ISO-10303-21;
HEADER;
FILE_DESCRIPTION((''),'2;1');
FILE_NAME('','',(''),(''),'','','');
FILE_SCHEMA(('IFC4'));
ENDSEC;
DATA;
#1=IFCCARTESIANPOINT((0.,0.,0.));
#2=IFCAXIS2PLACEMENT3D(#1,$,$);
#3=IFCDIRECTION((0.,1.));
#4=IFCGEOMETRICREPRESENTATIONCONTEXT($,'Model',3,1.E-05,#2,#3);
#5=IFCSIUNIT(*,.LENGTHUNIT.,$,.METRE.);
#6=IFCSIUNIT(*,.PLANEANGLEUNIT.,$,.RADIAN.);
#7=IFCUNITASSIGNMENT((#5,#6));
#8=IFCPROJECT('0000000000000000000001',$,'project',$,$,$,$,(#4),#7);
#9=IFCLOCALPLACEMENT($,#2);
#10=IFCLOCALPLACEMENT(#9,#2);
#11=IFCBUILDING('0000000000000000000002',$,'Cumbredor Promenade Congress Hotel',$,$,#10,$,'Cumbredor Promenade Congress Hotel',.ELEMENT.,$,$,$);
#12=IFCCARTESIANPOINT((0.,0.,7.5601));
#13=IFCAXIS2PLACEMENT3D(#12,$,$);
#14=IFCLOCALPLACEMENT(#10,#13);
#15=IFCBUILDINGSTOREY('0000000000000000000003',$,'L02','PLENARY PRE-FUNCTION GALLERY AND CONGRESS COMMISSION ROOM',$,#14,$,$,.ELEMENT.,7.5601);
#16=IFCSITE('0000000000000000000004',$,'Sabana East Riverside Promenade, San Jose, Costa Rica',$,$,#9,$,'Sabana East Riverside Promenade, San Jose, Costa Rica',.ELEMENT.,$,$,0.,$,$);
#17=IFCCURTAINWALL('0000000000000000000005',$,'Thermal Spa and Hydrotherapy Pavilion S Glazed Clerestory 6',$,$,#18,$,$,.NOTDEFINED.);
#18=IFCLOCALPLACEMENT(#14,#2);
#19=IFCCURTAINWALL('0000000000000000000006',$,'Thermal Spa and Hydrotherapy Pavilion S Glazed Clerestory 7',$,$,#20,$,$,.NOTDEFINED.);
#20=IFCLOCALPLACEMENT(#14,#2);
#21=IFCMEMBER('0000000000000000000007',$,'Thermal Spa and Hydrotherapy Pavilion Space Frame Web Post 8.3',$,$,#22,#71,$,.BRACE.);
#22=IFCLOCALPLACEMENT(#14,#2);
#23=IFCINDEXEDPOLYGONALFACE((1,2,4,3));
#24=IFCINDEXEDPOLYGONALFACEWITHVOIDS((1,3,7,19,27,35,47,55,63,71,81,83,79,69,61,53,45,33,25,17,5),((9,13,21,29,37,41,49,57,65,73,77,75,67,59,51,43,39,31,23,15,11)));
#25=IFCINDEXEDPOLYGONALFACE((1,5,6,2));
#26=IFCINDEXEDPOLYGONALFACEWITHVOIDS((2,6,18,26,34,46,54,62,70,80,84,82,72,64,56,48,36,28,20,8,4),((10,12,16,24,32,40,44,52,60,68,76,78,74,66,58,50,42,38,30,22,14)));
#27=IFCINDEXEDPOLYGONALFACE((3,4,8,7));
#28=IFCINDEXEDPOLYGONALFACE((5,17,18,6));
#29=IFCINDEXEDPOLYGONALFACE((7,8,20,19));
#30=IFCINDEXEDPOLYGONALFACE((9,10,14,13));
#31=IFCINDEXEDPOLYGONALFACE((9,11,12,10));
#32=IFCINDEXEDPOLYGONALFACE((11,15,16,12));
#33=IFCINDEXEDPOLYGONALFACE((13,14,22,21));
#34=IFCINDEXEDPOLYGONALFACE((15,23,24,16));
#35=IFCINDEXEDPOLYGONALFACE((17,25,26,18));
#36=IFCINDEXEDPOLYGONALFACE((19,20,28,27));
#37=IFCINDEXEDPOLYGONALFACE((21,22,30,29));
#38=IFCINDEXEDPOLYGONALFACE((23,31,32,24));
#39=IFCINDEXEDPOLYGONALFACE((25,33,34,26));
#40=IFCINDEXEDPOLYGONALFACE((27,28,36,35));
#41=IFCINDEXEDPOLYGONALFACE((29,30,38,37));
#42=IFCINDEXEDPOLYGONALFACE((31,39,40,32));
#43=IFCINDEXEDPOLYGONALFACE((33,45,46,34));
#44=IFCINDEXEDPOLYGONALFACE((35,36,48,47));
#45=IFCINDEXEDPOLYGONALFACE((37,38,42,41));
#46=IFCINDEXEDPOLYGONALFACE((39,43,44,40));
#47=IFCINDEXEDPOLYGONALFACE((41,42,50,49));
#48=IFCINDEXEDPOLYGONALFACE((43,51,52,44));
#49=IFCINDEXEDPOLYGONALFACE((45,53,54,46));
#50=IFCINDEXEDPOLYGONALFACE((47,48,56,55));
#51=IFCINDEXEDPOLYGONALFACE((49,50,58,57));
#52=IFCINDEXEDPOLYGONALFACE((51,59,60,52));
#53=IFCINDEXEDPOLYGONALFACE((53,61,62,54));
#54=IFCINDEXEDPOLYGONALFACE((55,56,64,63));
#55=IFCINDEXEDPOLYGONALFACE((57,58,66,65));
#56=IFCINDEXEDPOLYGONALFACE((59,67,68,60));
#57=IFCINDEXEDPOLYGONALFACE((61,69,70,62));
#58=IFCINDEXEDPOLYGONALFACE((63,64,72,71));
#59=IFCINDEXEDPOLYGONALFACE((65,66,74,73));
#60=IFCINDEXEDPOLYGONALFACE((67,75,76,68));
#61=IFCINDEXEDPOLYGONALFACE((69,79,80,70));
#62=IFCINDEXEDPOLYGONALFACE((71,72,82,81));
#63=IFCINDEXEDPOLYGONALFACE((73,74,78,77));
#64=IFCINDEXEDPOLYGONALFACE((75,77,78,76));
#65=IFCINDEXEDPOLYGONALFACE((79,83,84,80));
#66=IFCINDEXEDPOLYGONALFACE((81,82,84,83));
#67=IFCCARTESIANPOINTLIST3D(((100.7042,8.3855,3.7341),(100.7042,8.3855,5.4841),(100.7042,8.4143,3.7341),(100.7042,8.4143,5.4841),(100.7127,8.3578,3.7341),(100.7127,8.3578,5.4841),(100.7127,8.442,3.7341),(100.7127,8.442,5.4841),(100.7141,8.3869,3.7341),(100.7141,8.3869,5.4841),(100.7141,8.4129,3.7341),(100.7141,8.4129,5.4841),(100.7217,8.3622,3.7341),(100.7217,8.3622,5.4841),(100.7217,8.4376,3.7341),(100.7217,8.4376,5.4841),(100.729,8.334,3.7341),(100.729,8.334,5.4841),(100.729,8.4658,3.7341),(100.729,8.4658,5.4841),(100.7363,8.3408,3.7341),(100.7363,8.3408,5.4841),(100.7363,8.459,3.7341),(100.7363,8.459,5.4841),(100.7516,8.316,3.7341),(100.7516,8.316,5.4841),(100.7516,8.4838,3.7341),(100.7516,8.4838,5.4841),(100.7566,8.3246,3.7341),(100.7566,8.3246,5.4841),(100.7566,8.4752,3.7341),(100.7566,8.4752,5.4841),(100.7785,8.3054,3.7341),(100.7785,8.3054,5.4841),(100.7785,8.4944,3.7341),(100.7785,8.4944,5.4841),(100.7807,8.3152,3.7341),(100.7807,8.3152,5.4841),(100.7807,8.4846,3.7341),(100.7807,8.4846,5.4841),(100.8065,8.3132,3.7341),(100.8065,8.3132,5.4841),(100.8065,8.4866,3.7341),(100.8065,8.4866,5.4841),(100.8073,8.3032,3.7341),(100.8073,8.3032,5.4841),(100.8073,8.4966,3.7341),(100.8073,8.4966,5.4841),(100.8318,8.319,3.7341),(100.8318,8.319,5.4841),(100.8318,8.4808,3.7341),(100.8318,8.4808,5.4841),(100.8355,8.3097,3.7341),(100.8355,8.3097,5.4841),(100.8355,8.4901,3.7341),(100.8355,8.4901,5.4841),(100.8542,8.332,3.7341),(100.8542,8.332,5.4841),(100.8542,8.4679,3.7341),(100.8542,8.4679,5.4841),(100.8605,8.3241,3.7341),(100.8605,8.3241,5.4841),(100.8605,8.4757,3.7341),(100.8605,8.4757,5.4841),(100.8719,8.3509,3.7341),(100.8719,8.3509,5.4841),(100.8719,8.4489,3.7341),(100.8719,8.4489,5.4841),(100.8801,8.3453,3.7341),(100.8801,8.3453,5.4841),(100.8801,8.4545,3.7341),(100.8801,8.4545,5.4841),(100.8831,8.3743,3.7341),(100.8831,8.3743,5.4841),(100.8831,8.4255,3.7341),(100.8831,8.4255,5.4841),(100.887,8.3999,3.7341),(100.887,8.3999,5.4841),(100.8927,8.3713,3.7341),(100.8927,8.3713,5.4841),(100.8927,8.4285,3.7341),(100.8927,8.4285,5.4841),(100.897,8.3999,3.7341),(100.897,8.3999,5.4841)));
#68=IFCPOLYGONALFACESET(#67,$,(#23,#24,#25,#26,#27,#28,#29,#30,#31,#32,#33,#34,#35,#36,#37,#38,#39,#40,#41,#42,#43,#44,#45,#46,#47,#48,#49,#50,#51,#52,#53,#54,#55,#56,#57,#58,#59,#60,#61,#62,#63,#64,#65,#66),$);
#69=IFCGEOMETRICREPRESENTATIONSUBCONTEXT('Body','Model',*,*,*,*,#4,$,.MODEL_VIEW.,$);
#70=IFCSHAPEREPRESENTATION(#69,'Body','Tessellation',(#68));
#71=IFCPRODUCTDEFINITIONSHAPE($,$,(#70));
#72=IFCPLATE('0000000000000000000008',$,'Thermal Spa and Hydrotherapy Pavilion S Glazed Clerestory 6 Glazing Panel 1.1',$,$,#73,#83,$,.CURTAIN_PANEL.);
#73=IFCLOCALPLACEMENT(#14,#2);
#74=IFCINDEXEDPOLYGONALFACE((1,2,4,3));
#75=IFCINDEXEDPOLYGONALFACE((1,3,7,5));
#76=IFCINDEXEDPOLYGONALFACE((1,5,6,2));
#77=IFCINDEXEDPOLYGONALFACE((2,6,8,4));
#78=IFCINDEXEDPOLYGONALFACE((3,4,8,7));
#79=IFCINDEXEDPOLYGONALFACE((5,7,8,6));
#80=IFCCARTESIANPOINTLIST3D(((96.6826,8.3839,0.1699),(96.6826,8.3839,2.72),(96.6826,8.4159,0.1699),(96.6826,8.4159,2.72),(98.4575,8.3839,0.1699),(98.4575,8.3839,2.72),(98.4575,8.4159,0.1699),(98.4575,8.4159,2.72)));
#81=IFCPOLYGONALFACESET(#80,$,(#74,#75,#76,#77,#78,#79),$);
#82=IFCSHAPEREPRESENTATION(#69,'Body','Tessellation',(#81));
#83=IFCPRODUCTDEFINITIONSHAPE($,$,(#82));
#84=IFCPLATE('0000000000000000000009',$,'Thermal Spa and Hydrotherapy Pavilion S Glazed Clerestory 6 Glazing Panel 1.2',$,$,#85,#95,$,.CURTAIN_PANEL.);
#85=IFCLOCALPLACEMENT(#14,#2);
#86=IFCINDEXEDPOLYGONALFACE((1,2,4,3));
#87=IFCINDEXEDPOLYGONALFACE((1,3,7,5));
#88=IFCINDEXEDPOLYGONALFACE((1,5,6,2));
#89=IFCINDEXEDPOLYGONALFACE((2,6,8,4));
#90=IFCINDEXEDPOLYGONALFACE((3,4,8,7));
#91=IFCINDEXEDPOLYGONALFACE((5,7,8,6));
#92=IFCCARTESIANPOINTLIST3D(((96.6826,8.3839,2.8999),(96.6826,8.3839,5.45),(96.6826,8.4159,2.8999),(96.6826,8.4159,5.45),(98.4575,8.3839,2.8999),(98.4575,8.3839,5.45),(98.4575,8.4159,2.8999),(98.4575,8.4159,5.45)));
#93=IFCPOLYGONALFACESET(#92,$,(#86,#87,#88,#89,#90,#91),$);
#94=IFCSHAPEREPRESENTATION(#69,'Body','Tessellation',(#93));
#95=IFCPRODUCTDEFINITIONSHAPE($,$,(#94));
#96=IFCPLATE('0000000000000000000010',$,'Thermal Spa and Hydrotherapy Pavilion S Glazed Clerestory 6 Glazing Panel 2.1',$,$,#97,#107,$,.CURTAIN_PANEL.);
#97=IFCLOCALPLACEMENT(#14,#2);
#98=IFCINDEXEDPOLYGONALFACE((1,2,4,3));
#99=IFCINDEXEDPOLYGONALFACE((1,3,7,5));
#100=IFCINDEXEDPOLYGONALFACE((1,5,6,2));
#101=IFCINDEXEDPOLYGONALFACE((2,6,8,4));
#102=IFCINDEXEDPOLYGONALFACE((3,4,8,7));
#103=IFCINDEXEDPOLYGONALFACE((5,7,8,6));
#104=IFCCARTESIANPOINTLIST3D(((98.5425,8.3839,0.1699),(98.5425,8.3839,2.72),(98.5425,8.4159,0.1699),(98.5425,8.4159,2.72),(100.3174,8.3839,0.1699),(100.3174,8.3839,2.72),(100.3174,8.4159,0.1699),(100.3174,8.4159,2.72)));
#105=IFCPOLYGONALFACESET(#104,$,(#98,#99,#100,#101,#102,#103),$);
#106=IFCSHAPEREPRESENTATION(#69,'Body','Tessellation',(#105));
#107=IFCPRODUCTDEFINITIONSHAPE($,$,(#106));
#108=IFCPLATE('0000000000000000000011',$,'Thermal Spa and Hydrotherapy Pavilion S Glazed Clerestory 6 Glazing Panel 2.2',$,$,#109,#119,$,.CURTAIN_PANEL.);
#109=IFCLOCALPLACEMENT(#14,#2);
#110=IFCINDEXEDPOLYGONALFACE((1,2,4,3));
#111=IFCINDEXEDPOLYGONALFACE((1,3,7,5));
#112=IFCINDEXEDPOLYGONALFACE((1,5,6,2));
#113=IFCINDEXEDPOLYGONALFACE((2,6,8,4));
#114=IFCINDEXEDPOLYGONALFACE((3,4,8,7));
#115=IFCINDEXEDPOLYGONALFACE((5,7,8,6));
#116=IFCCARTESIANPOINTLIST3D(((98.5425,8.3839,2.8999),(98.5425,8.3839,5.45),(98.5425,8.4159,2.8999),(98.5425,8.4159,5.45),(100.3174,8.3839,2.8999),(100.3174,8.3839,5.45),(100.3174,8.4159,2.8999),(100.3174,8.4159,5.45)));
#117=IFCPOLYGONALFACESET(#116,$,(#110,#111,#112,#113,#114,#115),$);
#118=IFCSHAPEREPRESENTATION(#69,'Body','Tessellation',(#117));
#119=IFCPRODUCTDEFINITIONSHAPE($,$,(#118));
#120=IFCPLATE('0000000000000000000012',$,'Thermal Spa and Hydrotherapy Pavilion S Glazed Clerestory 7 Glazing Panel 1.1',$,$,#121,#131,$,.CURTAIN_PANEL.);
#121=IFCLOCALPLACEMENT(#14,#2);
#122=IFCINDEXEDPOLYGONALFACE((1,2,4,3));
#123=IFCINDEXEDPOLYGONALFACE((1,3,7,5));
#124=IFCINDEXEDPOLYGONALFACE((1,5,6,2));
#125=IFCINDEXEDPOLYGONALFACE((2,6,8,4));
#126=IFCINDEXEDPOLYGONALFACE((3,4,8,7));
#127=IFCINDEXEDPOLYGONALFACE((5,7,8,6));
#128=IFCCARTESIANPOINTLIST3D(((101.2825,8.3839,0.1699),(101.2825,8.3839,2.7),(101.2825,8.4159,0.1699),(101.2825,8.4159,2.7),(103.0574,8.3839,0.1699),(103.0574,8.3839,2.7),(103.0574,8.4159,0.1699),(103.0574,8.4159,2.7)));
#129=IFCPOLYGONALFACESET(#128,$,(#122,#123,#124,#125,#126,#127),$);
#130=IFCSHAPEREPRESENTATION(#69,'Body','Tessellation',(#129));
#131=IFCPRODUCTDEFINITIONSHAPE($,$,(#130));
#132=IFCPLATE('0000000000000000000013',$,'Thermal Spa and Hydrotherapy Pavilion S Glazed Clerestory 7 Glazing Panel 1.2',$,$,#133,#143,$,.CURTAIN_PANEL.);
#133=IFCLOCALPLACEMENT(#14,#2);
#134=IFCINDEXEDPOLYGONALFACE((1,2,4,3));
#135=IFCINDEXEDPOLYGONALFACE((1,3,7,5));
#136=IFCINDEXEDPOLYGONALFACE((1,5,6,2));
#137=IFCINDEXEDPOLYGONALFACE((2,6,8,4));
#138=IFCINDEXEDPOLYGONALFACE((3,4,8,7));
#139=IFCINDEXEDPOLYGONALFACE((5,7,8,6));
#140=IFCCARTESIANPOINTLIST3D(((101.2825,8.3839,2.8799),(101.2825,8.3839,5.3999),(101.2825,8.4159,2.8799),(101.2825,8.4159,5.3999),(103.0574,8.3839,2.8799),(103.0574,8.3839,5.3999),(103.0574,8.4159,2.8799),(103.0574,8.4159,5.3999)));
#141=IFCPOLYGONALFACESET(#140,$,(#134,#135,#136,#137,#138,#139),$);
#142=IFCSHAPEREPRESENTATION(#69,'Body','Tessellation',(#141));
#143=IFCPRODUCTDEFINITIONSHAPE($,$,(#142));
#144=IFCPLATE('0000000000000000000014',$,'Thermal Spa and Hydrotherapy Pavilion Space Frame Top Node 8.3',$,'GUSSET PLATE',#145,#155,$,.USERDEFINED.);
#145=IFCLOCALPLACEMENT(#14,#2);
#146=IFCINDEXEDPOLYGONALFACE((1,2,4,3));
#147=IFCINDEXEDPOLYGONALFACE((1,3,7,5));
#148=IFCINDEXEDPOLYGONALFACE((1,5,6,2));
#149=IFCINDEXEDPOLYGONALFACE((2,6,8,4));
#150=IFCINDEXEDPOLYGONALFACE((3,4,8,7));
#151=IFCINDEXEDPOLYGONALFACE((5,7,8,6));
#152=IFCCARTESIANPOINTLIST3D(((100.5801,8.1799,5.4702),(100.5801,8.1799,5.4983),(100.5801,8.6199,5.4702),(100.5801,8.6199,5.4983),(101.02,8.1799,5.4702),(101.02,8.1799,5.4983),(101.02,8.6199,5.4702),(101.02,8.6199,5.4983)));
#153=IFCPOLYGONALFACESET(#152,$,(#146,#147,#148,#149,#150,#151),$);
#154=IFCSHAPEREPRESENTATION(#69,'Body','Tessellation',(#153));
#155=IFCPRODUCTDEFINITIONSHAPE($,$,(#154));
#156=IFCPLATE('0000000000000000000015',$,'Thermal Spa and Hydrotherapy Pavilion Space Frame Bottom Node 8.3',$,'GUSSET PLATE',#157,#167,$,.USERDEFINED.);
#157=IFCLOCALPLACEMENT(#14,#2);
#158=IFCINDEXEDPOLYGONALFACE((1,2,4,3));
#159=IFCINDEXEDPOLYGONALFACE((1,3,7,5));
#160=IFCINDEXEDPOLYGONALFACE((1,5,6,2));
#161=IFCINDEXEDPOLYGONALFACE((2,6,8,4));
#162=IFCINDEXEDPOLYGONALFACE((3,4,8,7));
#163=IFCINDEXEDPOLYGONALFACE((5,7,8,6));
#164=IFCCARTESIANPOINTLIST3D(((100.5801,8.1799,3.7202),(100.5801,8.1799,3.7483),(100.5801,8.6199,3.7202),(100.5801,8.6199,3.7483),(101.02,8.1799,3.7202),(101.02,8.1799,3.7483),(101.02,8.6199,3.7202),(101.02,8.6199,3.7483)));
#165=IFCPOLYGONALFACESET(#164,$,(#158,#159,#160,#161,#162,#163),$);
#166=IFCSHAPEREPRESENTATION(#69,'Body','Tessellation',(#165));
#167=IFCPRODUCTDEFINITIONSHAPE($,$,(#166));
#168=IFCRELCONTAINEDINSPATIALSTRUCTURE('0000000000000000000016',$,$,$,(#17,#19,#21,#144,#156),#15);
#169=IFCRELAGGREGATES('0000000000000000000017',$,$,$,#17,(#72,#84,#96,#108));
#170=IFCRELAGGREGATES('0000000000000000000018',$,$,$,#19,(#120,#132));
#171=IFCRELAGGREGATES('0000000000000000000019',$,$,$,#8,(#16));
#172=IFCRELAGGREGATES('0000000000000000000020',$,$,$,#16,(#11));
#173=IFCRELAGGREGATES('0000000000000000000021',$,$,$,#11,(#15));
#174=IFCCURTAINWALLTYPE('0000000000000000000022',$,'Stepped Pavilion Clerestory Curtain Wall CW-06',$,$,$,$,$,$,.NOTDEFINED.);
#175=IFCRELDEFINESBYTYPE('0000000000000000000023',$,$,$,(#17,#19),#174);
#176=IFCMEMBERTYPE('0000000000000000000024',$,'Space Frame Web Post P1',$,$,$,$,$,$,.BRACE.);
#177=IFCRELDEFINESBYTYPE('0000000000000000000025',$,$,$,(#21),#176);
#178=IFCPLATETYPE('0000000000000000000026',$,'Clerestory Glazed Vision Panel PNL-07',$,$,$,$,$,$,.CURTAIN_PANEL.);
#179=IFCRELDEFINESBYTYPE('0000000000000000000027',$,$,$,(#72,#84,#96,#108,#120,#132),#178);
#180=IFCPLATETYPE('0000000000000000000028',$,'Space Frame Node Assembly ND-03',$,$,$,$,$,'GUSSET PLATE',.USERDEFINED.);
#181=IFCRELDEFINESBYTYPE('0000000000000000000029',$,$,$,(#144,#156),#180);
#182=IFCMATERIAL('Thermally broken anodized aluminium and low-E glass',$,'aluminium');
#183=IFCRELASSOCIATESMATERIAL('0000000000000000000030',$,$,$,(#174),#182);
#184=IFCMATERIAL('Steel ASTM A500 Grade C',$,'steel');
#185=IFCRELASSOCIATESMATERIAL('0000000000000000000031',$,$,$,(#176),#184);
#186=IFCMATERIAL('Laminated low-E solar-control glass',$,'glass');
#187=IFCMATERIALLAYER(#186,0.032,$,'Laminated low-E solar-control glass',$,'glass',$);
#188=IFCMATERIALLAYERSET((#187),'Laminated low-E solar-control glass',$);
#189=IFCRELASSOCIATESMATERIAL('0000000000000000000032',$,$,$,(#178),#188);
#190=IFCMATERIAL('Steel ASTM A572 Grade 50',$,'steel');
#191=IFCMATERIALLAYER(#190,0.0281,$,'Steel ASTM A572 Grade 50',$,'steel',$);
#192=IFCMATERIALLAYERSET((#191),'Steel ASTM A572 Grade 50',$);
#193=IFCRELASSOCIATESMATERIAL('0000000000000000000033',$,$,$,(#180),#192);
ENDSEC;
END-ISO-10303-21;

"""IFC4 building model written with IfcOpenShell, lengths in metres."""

from ifc_helpers import new_model, si_unit, direction, frame, origin, origin_2d, place, context, subcontext, project, spatial, rectangle, hollow_circle, extrude, material, layer, layer_set, material_profile, profile_set, type_object, element, aggregate, save


model = new_model("IFC4")

# Units and contexts
model_context = context("Model", 3, precision=1e-05, world=origin(), true_north=direction((0.0, 1.0)))
body_context = subcontext(model_context, "Body", "Model", "MODEL_VIEW")
ifc_project = project(units=[si_unit("LENGTHUNIT", "METRE"), si_unit("PLANEANGLEUNIT", "RADIAN")], contexts=[model_context])

# Site, building, storey
site_placement = place(None, origin())
site = spatial("IfcSite", under=ifc_project, at=site_placement, Name="Sabana East Riverside Promenade, San Jose, Costa Rica", LongName="Sabana East Riverside Promenade, San Jose, Costa Rica", CompositionType="ELEMENT", RefElevation=0.0)
building_placement = place(site_placement, origin())
building = spatial("IfcBuilding", under=site, at=building_placement, Name="Cumbredor Promenade Congress Hotel", LongName="Cumbredor Promenade Congress Hotel", CompositionType="ELEMENT")
storey_placement = place(building_placement, frame((0.0, 0.0, 7.5601)))
storey = spatial("IfcBuildingStorey", under=building, at=storey_placement, Name="L02", Description="PLENARY PRE-FUNCTION GALLERY AND CONGRESS COMMISSION ROOM", CompositionType="ELEMENT", Elevation=7.5601)

# Curtain walls
ifc_material_1 = material(Name="Thermally broken anodized aluminium and low-E glass", Category="aluminium")
curtain_wall_type = type_object("IfcCurtainWallType", Name="Stepped Pavilion Clerestory Curtain Wall CW-06", PredefinedType="NOTDEFINED", material=ifc_material_1)
curtain_wall_1_placement = place(storey_placement, origin())
curtain_wall_1 = element("IfcCurtainWall", 1, at=curtain_wall_1_placement, inside=storey, type_object=curtain_wall_type, Name="Thermal Spa and Hydrotherapy Pavilion S Glazed Clerestory 6", PredefinedType="NOTDEFINED")
curtain_wall_2_placement = place(storey_placement, origin())
curtain_wall_2 = element("IfcCurtainWall", 2, at=curtain_wall_2_placement, inside=storey, type_object=curtain_wall_type, Name="Thermal Spa and Hydrotherapy Pavilion S Glazed Clerestory 7", PredefinedType="NOTDEFINED")

# Member
ifc_material_2 = material(Name="Steel ASTM A500 Grade C", Category="steel")
ifc_material_profile_1 = material_profile(ifc_material_2, hollow_circle(Radius=0.0969, WallThickness=0.01, at=origin_2d()), Name="CHS 193.7x10")
ifc_profile_set_1 = profile_set([ifc_material_profile_1], Name="Steel ASTM A500 Grade C")
member_type_1 = type_object("IfcMemberType", Name="Space Frame Web Post P1", PredefinedType="BRACE", material=ifc_profile_set_1)
member_1_placement = place(storey_placement, frame((100.8, 8.3999, 3.7341), z_axis=(0.0, 0.0, 1.0), x_axis=(1.0, 0.0, 0.0)))
element("IfcMember", 3, at=member_1_placement, inside=storey, type_object=member_type_1, Name="Thermal Spa and Hydrotherapy Pavilion Space Frame Web Post 8.3", PredefinedType="BRACE", context=body_context, shape_type="SweptSolid", body=[
    extrude(hollow_circle(Radius=0.0969, WallThickness=0.01, at=origin_2d()), origin(), (0.0, 0.0, 1.0), 1.75),
])

# Plates
ifc_material_3 = material(Name="Laminated low-E solar-control glass", Category="glass")
ifc_layer_1 = layer(ifc_material_3, 0.032, Name="Laminated low-E solar-control glass", Category="glass")
ifc_layer_set_1 = layer_set([ifc_layer_1], Name="Laminated low-E solar-control glass")
plate_type_1 = type_object("IfcPlateType", Name="Clerestory Glazed Vision Panel PNL-07", PredefinedType="CURTAIN_PANEL", material=ifc_layer_set_1)
plate_1_placement = place(storey_placement, frame((97.5701, 8.3999, 0.1699), z_axis=(0.0, 0.0, 1.0), x_axis=(1.0, 0.0, 0.0)))
plate_1 = element("IfcPlate", 4, at=plate_1_placement, type_object=plate_type_1, Name="Thermal Spa and Hydrotherapy Pavilion S Glazed Clerestory 6 Glazing Panel 1.1", PredefinedType="CURTAIN_PANEL", context=body_context, shape_type="SweptSolid", body=[
    extrude(rectangle(XDim=1.7749, YDim=0.032, at=origin_2d()), origin(), (0.0, 0.0, 1.0), 2.55),
])
plate_2_placement = place(storey_placement, frame((97.5701, 8.3999, 2.8999), z_axis=(0.0, 0.0, 1.0), x_axis=(1.0, 0.0, 0.0)))
plate_2 = element("IfcPlate", 5, at=plate_2_placement, type_object=plate_type_1, Name="Thermal Spa and Hydrotherapy Pavilion S Glazed Clerestory 6 Glazing Panel 1.2", PredefinedType="CURTAIN_PANEL", context=body_context, shape_type="SweptSolid", body=[
    extrude(rectangle(XDim=1.7749, YDim=0.032, at=origin_2d()), origin(), (0.0, 0.0, 1.0), 2.55),
])
plate_3_placement = place(storey_placement, frame((99.4299, 8.3999, 0.1699), z_axis=(0.0, 0.0, 1.0), x_axis=(1.0, 0.0, 0.0)))
plate_3 = element("IfcPlate", 6, at=plate_3_placement, type_object=plate_type_1, Name="Thermal Spa and Hydrotherapy Pavilion S Glazed Clerestory 6 Glazing Panel 2.1", PredefinedType="CURTAIN_PANEL", context=body_context, shape_type="SweptSolid", body=[
    extrude(rectangle(XDim=1.7749, YDim=0.032, at=origin_2d()), origin(), (0.0, 0.0, 1.0), 2.55),
])
plate_4_placement = place(storey_placement, frame((99.4299, 8.3999, 2.8999), z_axis=(0.0, 0.0, 1.0), x_axis=(1.0, 0.0, 0.0)))
plate_4 = element("IfcPlate", 7, at=plate_4_placement, type_object=plate_type_1, Name="Thermal Spa and Hydrotherapy Pavilion S Glazed Clerestory 6 Glazing Panel 2.2", PredefinedType="CURTAIN_PANEL", context=body_context, shape_type="SweptSolid", body=[
    extrude(rectangle(XDim=1.7749, YDim=0.032, at=origin_2d()), origin(), (0.0, 0.0, 1.0), 2.55),
])
aggregate(curtain_wall_1, [plate_1, plate_2, plate_3, plate_4])
plate_5_placement = place(storey_placement, frame((102.1699, 8.3999, 0.1699), z_axis=(0.0, 0.0, 1.0), x_axis=(1.0, 0.0, 0.0)))
plate_5 = element("IfcPlate", 8, at=plate_5_placement, type_object=plate_type_1, Name="Thermal Spa and Hydrotherapy Pavilion S Glazed Clerestory 7 Glazing Panel 1.1", PredefinedType="CURTAIN_PANEL", context=body_context, shape_type="SweptSolid", body=[
    extrude(rectangle(XDim=1.7749, YDim=0.032, at=origin_2d()), origin(), (0.0, 0.0, 1.0), 2.53),
])
plate_6_placement = place(storey_placement, frame((102.1699, 8.3999, 2.8799), z_axis=(0.0, 0.0, 1.0), x_axis=(1.0, 0.0, 0.0)))
plate_6 = element("IfcPlate", 9, at=plate_6_placement, type_object=plate_type_1, Name="Thermal Spa and Hydrotherapy Pavilion S Glazed Clerestory 7 Glazing Panel 1.2", PredefinedType="CURTAIN_PANEL", context=body_context, shape_type="SweptSolid", body=[
    extrude(rectangle(XDim=1.7749, YDim=0.032, at=origin_2d()), origin(), (0.0, 0.0, 1.0), 2.52),
])
aggregate(curtain_wall_2, [plate_5, plate_6])

# Plates
ifc_material_4 = material(Name="Steel ASTM A572 Grade 50", Category="steel")
ifc_layer_2 = layer(ifc_material_4, 0.0281, Name="Steel ASTM A572 Grade 50", Category="steel")
ifc_layer_set_2 = layer_set([ifc_layer_2], Name="Steel ASTM A572 Grade 50")
plate_type_2 = type_object("IfcPlateType", Name="Space Frame Node Assembly ND-03", ElementType="GUSSET PLATE", PredefinedType="USERDEFINED", material=ifc_layer_set_2)
for number, where, z_axis, x_axis, name in (
    (10, (100.8, 8.3999, 5.4702), (0.0, 0.0, 1.0), (1.0, 0.0, 0.0), "Thermal Spa and Hydrotherapy Pavilion Space Frame Top Node 8.3"),
    (11, (100.8, 8.3999, 3.7202), (0.0, 0.0, 1.0), (1.0, 0.0, 0.0), "Thermal Spa and Hydrotherapy Pavilion Space Frame Bottom Node 8.3"),
):
    element("IfcPlate", number, at=place(storey_placement, frame(where, z_axis=z_axis, x_axis=x_axis)), inside=storey, type_object=plate_type_2, Name=name, ObjectType="GUSSET PLATE", PredefinedType="USERDEFINED", context=body_context, shape_type="SweptSolid", body=[
        extrude(rectangle(XDim=0.4399, YDim=0.4399, at=origin_2d()), origin(), (0.0, 0.0, 1.0), 0.0281),
    ])

save(model, "model.ifc")
